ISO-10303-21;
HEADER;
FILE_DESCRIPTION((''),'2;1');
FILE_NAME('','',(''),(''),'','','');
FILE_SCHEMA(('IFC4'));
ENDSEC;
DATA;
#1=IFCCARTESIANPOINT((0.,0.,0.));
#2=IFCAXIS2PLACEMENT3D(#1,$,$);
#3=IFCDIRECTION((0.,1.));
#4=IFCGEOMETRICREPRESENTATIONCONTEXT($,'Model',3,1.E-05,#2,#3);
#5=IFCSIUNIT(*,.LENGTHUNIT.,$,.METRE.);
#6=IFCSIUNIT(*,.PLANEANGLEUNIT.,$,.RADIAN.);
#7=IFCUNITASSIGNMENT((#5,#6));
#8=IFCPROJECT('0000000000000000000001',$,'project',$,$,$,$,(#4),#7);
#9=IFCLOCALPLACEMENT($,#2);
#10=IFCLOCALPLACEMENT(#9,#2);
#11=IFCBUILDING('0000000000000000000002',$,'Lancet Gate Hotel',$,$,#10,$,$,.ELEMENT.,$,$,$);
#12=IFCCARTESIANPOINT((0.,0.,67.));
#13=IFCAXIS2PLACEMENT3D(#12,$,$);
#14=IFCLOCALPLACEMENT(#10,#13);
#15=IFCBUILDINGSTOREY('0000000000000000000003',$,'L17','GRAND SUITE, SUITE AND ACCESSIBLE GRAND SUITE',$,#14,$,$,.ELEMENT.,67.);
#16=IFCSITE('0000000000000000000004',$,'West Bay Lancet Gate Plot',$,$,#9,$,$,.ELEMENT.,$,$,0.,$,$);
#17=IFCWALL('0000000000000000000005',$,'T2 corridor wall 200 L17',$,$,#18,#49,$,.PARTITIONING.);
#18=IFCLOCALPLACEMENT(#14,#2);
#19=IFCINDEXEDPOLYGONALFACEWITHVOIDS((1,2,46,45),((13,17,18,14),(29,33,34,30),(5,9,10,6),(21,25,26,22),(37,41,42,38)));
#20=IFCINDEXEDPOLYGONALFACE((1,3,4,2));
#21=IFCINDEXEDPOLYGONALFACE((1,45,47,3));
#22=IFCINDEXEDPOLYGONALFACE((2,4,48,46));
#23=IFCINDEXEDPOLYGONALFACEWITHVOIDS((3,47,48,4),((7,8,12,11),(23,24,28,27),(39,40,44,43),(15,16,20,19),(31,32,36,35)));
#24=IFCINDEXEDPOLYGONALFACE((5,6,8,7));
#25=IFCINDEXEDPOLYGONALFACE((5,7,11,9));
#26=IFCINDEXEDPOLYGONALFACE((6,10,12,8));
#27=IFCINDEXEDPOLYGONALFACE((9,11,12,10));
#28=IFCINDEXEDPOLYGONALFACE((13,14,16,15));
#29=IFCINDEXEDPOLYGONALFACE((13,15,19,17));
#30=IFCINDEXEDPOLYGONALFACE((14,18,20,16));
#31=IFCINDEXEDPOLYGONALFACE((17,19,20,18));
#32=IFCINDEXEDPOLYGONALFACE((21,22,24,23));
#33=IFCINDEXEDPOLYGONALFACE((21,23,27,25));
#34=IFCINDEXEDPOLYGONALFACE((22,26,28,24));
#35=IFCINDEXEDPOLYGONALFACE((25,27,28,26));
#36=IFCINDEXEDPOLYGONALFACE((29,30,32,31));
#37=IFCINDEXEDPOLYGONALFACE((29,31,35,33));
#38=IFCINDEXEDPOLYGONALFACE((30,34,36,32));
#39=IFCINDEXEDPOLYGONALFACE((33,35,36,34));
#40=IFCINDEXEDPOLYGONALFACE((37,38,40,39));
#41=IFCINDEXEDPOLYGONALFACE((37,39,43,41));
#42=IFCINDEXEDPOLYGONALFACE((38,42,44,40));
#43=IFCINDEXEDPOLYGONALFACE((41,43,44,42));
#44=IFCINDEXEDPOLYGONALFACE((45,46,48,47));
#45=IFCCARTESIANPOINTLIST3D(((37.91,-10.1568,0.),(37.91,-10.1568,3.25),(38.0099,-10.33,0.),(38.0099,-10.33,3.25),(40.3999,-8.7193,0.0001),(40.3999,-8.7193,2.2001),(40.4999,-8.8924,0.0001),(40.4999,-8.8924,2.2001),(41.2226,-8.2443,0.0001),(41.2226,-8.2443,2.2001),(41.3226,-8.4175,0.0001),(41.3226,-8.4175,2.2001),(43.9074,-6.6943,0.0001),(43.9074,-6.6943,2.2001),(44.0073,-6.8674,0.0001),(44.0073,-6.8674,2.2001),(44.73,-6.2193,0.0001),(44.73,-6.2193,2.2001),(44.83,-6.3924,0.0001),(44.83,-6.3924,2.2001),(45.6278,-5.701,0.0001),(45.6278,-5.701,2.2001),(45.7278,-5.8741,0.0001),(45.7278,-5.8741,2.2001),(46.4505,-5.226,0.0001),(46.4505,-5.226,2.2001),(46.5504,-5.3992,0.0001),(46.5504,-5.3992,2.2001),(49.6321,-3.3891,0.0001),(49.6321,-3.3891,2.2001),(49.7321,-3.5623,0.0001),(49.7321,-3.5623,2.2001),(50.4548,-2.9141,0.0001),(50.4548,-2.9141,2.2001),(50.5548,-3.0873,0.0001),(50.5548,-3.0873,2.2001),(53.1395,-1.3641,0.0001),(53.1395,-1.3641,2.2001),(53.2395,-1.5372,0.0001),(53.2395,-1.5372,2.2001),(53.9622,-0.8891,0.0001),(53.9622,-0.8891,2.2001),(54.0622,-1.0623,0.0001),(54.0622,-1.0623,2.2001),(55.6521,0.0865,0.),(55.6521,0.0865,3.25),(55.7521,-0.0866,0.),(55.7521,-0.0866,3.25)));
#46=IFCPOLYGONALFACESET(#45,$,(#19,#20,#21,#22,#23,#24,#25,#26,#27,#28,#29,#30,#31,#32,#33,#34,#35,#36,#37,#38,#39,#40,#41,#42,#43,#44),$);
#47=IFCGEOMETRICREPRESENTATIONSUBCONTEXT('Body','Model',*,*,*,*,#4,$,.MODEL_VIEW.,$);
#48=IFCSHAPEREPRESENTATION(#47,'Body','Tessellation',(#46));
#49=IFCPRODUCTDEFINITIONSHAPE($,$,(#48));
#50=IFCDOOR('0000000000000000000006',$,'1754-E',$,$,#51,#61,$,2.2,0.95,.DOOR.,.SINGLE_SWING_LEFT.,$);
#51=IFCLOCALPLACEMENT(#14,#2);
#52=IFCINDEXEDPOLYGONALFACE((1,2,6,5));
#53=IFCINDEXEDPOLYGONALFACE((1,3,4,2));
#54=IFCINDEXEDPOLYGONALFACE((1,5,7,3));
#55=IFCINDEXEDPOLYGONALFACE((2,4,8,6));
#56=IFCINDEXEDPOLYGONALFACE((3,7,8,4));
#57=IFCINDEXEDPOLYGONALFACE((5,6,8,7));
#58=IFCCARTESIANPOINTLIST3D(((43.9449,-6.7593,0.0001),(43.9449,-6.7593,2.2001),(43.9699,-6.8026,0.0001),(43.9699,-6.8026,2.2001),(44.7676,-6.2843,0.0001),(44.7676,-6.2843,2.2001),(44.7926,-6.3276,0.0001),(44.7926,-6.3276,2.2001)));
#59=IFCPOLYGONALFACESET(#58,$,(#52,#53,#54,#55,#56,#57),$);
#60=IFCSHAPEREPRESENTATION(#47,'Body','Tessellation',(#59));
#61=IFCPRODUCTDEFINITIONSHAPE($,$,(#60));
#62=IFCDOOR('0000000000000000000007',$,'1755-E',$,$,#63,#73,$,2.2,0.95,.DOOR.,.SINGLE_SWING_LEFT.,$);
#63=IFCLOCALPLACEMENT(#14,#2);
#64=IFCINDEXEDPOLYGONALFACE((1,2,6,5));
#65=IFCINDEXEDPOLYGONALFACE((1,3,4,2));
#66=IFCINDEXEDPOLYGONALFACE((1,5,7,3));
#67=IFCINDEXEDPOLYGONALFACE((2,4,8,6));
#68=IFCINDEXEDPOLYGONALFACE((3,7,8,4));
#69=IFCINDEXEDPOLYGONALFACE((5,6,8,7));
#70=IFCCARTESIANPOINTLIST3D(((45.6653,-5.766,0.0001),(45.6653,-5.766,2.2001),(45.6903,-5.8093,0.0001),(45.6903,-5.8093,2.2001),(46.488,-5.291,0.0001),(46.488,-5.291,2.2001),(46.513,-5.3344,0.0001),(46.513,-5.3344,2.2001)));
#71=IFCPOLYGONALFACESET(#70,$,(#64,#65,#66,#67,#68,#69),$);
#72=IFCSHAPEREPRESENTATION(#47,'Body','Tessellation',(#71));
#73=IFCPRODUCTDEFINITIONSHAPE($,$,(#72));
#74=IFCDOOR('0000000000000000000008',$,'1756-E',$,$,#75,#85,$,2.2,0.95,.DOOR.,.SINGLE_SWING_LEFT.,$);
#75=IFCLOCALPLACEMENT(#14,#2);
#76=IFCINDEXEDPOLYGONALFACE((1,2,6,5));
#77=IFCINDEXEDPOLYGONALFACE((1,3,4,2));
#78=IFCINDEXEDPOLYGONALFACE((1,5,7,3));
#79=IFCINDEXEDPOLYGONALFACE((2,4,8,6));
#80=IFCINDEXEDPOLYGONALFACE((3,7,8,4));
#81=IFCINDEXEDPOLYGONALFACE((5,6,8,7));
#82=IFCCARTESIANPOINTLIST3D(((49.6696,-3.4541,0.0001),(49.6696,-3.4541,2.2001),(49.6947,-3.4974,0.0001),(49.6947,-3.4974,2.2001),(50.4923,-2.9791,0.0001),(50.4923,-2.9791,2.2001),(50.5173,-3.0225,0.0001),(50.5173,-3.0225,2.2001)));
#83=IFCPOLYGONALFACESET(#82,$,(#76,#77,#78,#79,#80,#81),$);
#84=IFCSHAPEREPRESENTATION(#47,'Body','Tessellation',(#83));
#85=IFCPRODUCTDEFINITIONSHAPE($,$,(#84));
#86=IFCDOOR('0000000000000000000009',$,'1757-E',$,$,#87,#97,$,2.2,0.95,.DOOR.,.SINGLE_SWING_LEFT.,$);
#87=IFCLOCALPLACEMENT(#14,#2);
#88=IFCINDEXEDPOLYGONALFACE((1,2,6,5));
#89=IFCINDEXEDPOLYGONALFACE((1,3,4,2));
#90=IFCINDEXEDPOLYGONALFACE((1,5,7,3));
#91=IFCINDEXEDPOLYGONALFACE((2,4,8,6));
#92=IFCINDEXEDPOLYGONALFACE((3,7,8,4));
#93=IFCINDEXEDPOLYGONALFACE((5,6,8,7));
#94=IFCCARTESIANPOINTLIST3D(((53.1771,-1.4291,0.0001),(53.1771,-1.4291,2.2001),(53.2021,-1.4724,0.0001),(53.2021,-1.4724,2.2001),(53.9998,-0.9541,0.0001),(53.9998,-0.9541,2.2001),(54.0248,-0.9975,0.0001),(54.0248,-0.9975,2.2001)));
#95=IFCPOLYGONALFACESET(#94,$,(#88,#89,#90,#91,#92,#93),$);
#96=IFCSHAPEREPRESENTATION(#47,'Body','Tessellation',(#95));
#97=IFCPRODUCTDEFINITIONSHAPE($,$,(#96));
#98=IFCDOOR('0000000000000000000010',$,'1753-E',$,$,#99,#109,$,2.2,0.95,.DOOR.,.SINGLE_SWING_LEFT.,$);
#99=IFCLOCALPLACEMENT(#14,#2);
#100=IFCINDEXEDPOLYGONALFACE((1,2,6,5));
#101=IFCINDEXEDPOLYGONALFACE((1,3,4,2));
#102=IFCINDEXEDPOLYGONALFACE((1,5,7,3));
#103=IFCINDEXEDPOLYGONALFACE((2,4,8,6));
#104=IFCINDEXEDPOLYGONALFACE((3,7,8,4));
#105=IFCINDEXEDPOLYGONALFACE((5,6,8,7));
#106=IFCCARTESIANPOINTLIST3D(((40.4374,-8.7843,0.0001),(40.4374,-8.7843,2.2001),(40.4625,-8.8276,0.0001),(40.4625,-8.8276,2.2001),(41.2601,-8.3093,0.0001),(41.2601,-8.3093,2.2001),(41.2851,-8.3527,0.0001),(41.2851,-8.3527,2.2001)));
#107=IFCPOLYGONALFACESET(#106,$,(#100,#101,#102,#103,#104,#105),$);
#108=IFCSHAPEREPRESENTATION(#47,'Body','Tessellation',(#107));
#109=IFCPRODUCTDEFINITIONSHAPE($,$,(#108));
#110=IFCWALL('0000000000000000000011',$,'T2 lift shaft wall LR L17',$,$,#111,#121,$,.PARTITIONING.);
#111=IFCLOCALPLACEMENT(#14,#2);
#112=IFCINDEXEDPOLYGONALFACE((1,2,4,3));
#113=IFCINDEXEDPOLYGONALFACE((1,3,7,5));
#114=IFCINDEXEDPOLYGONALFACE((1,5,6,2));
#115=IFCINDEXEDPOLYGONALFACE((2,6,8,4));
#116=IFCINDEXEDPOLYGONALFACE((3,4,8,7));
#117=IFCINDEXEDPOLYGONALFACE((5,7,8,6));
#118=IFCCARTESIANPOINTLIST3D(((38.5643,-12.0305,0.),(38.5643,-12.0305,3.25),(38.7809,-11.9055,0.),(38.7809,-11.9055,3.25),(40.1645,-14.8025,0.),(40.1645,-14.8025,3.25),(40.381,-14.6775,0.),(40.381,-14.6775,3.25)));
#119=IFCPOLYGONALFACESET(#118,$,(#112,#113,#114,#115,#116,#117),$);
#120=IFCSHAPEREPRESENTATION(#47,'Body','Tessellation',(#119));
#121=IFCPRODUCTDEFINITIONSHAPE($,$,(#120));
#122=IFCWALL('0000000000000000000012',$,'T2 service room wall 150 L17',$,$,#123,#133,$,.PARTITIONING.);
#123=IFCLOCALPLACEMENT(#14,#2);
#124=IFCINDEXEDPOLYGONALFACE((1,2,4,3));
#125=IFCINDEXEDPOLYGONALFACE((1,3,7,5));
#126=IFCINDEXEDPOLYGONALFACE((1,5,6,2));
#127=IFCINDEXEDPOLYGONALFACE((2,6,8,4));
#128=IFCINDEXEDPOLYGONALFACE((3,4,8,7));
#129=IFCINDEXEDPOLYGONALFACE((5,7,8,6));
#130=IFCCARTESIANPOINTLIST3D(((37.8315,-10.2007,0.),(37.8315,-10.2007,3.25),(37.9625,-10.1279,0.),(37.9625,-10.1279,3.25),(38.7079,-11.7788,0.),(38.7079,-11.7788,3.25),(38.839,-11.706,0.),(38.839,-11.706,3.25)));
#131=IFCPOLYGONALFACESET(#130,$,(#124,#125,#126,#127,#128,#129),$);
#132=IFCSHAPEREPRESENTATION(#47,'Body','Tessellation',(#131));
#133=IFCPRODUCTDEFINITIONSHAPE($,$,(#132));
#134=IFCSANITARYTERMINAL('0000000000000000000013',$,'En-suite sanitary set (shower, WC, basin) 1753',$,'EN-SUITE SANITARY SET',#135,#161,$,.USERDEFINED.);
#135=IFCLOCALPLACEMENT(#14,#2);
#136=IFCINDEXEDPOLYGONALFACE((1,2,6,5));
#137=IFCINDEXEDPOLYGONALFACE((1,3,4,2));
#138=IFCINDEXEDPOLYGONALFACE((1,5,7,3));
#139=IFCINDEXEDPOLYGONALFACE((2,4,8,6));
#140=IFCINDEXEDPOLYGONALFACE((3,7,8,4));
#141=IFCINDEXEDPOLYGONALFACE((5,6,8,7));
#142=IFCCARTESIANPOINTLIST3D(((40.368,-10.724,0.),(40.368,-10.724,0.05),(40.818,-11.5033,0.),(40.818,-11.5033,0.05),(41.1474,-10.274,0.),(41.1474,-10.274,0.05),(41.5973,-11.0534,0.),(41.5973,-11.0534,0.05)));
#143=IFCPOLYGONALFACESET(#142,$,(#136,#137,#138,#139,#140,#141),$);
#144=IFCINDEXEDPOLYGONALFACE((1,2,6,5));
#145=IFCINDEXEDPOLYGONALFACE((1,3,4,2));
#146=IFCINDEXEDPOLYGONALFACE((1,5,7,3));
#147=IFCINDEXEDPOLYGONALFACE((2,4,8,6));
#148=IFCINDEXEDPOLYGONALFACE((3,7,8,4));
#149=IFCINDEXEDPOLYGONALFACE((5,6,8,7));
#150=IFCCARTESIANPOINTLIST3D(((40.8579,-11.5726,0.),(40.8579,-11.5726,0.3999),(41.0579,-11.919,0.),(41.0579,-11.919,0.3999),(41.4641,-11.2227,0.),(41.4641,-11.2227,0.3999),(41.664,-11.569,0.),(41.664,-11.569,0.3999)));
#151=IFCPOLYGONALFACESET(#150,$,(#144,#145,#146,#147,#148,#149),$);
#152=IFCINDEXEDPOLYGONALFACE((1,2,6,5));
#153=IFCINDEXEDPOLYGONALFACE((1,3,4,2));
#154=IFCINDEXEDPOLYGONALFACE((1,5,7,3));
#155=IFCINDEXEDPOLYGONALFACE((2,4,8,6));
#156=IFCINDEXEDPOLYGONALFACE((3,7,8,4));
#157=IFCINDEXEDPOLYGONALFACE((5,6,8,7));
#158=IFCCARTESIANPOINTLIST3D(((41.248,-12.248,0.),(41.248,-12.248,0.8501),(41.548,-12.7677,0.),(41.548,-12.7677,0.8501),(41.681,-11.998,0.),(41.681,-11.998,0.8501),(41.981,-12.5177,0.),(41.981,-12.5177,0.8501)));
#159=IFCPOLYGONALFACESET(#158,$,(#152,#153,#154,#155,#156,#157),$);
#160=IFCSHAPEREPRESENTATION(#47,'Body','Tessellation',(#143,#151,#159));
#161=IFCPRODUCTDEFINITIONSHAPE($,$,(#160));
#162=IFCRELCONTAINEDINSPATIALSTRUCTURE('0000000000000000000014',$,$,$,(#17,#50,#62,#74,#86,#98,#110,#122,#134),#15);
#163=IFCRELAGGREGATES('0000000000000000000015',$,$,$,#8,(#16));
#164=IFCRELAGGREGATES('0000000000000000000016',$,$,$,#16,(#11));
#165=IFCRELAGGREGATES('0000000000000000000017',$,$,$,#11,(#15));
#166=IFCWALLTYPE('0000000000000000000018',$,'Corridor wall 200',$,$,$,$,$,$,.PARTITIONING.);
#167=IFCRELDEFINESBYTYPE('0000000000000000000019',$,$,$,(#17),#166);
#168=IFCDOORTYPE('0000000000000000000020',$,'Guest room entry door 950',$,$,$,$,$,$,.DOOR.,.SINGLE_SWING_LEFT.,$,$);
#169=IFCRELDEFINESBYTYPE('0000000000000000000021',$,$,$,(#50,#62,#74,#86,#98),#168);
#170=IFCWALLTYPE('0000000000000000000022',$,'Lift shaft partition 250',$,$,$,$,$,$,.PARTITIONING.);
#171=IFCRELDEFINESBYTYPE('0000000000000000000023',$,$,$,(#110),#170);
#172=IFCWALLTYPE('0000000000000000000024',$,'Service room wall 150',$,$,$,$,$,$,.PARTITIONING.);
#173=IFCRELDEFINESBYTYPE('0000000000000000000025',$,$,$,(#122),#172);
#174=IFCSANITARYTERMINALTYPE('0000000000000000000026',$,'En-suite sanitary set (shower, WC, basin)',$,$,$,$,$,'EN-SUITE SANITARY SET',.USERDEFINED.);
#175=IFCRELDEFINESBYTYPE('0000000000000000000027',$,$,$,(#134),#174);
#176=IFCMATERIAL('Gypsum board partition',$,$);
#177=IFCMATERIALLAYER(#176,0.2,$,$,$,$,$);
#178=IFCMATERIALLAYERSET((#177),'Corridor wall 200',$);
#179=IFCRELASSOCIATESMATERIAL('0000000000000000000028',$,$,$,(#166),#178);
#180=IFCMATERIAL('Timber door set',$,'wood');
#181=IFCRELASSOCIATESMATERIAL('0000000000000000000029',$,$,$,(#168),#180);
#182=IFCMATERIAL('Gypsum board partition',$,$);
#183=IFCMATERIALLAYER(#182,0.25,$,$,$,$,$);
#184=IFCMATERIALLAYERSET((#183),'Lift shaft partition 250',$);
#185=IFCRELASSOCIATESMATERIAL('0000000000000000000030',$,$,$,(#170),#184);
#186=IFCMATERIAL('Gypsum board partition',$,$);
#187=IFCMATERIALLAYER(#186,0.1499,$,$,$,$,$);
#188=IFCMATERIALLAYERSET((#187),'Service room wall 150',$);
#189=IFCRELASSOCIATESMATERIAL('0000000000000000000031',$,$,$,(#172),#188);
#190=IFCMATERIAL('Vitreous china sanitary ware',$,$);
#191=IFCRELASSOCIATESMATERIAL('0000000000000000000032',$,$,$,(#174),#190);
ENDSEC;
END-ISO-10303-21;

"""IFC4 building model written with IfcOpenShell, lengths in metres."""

from ifc_helpers import new_model, si_unit, direction, frame, frame_2d, origin, origin_2d, place, context, subcontext, project, spatial, rectangle, extrude, material, layer, layer_set, type_object, element, fill, save


model = new_model("IFC4")

# Units and contexts
model_context = context("Model", 3, precision=1e-05, world=origin(), true_north=direction((0.0, 1.0)))
body_context = subcontext(model_context, "Body", "Model", "MODEL_VIEW")
ifc_project = project(units=[si_unit("LENGTHUNIT", "METRE"), si_unit("PLANEANGLEUNIT", "RADIAN")], contexts=[model_context])

# Site, building, storey
site_placement = place(None, origin())
site = spatial("IfcSite", under=ifc_project, at=site_placement, Name="West Bay Lancet Gate Plot", CompositionType="ELEMENT", RefElevation=0.0)
building_placement = place(site_placement, origin())
building = spatial("IfcBuilding", under=site, at=building_placement, Name="Lancet Gate Hotel", CompositionType="ELEMENT")
storey_placement = place(building_placement, frame((0.0, 0.0, 67.0)))
storey = spatial("IfcBuildingStorey", under=building, at=storey_placement, Name="L17", Description="GRAND SUITE, SUITE AND ACCESSIBLE GRAND SUITE", CompositionType="ELEMENT", Elevation=67.0)

# Wall, openings, doors
ifc_material_1 = material(Name="Gypsum board partition")
ifc_layer_1 = layer(ifc_material_1, 0.2)
ifc_layer_set_1 = layer_set([ifc_layer_1], Name="Corridor wall 200")
wall_type_1 = type_object("IfcWallType", Name="Corridor wall 200", PredefinedType="PARTITIONING", material=ifc_layer_set_1)
wall_1_placement = place(storey_placement, frame((37.96, -10.2434, 0.0), z_axis=(0.0, 0.0, 1.0), x_axis=(0.866026, 0.499998, 0.0)))
wall_1 = element("IfcWall", 1, at=wall_1_placement, inside=storey, type_object=wall_type_1, Name="T2 corridor wall 200 L17", PredefinedType="PARTITIONING", context=body_context, shape_type="SweptSolid", body=[
    extrude(rectangle(XDim=20.4868, YDim=0.2, at=frame_2d((10.2434, 0.0))), origin(), (0.0, 0.0, 1.0), 3.25),
])
opening_1_placement = place(wall_1_placement, frame((6.925, 0.0, 0.0)))
opening_1 = element("IfcOpeningElement", 2, at=opening_1_placement, cuts=wall_1, PredefinedType="OPENING", context=body_context, shape_type="SweptSolid", body=[
    extrude(rectangle(XDim=0.95, YDim=2.2, at=frame_2d((0.4751, 1.1001))), frame((0.0, 0.1099, 0.0), z_axis=(0.0, -1.0, 0.0), x_axis=(1.0, 0.0, 0.0)), (0.0, 0.0, 1.0), 0.22),
])
opening_2_placement = place(wall_1_placement, frame((8.9116, 0.0, 0.0)))
opening_2 = element("IfcOpeningElement", 3, at=opening_2_placement, cuts=wall_1, PredefinedType="OPENING", context=body_context, shape_type="SweptSolid", body=[
    extrude(rectangle(XDim=0.95, YDim=2.2, at=frame_2d((0.4751, 1.1001))), frame((0.0, 0.1099, 0.0), z_axis=(0.0, -1.0, 0.0), x_axis=(1.0, 0.0, 0.0)), (0.0, 0.0, 1.0), 0.22),
])
opening_3_placement = place(wall_1_placement, frame((13.5354, 0.0, 0.0)))
opening_3 = element("IfcOpeningElement", 4, at=opening_3_placement, cuts=wall_1, PredefinedType="OPENING", context=body_context, shape_type="SweptSolid", body=[
    extrude(rectangle(XDim=0.95, YDim=2.2, at=frame_2d((0.4751, 1.1001))), frame((0.0, 0.1099, 0.0), z_axis=(0.0, -1.0, 0.0), x_axis=(1.0, 0.0, 0.0)), (0.0, 0.0, 1.0), 0.22),
])
opening_4_placement = place(wall_1_placement, frame((17.5854, 0.0, 0.0)))
opening_4 = element("IfcOpeningElement", 5, at=opening_4_placement, cuts=wall_1, PredefinedType="OPENING", context=body_context, shape_type="SweptSolid", body=[
    extrude(rectangle(XDim=0.95, YDim=2.2, at=frame_2d((0.4751, 1.1001))), frame((0.0, 0.1099, 0.0), z_axis=(0.0, -1.0, 0.0), x_axis=(1.0, 0.0, 0.0)), (0.0, 0.0, 1.0), 0.22),
])
opening_5_placement = place(wall_1_placement, frame((2.875, 0.0, 0.0)))
opening_5 = element("IfcOpeningElement", 6, at=opening_5_placement, cuts=wall_1, PredefinedType="OPENING", context=body_context, shape_type="SweptSolid", body=[
    extrude(rectangle(XDim=0.95, YDim=2.2, at=frame_2d((0.4751, 1.1001))), frame((0.0, 0.1099, 0.0), z_axis=(0.0, -1.0, 0.0), x_axis=(1.0, 0.0, 0.0)), (0.0, 0.0, 1.0), 0.22),
])
ifc_material_2 = material(Name="Timber door set", Category="wood")
door_type_1 = type_object("IfcDoorType", Name="Guest room entry door 950", OperationType="SINGLE_SWING_LEFT", PredefinedType="DOOR", material=ifc_material_2)
door_1_placement = place(opening_1_placement, origin())
door_1 = element("IfcDoor", 7, at=door_1_placement, inside=storey, type_object=door_type_1, Name="1754-E", OperationType="SINGLE_SWING_LEFT", OverallHeight=2.2, OverallWidth=0.95, PredefinedType="DOOR", context=body_context, shape_type="SweptSolid", body=[
    extrude(rectangle(XDim=0.95, YDim=2.2, at=frame_2d((0.4751, 1.1001))), frame((0.0, 0.0249, 0.0), z_axis=(0.0, -1.0, 0.0), x_axis=(1.0, 0.0, 0.0)), (0.0, 0.0, 1.0), 0.05),
])
fill(opening_1, door_1)
door_2_placement = place(opening_2_placement, origin())
door_2 = element("IfcDoor", 8, at=door_2_placement, inside=storey, type_object=door_type_1, Name="1755-E", OperationType="SINGLE_SWING_LEFT", OverallHeight=2.2, OverallWidth=0.95, PredefinedType="DOOR", context=body_context, shape_type="SweptSolid", body=[
    extrude(rectangle(XDim=0.95, YDim=2.2, at=frame_2d((0.4751, 1.1001))), frame((0.0, 0.0249, 0.0), z_axis=(0.0, -1.0, 0.0), x_axis=(1.0, 0.0, 0.0)), (0.0, 0.0, 1.0), 0.05),
])
fill(opening_2, door_2)
door_3_placement = place(opening_3_placement, origin())
door_3 = element("IfcDoor", 9, at=door_3_placement, inside=storey, type_object=door_type_1, Name="1756-E", OperationType="SINGLE_SWING_LEFT", OverallHeight=2.2, OverallWidth=0.95, PredefinedType="DOOR", context=body_context, shape_type="SweptSolid", body=[
    extrude(rectangle(XDim=0.95, YDim=2.2, at=frame_2d((0.4751, 1.1001))), frame((0.0, 0.0249, 0.0), z_axis=(0.0, -1.0, 0.0), x_axis=(1.0, 0.0, 0.0)), (0.0, 0.0, 1.0), 0.05),
])
fill(opening_3, door_3)
door_4_placement = place(opening_4_placement, origin())
door_4 = element("IfcDoor", 10, at=door_4_placement, inside=storey, type_object=door_type_1, Name="1757-E", OperationType="SINGLE_SWING_LEFT", OverallHeight=2.2, OverallWidth=0.95, PredefinedType="DOOR", context=body_context, shape_type="SweptSolid", body=[
    extrude(rectangle(XDim=0.95, YDim=2.2, at=frame_2d((0.4751, 1.1001))), frame((0.0, 0.0249, 0.0), z_axis=(0.0, -1.0, 0.0), x_axis=(1.0, 0.0, 0.0)), (0.0, 0.0, 1.0), 0.05),
])
fill(opening_4, door_4)
door_5_placement = place(opening_5_placement, origin())
door_5 = element("IfcDoor", 11, at=door_5_placement, inside=storey, type_object=door_type_1, Name="1753-E", OperationType="SINGLE_SWING_LEFT", OverallHeight=2.2, OverallWidth=0.95, PredefinedType="DOOR", context=body_context, shape_type="SweptSolid", body=[
    extrude(rectangle(XDim=0.95, YDim=2.2, at=frame_2d((0.4751, 1.1001))), frame((0.0, 0.0249, 0.0), z_axis=(0.0, -1.0, 0.0), x_axis=(1.0, 0.0, 0.0)), (0.0, 0.0, 1.0), 0.05),
])
fill(opening_5, door_5)

# Walls
ifc_material_3 = material(Name="Gypsum board partition")
ifc_layer_2 = layer(ifc_material_3, 0.25)
ifc_layer_set_2 = layer_set([ifc_layer_2], Name="Lift shaft partition 250")
wall_type_2 = type_object("IfcWallType", Name="Lift shaft partition 250", PredefinedType="PARTITIONING", material=ifc_layer_set_2)
wall_2_placement = place(storey_placement, frame((38.6726, -11.968, 0.0), z_axis=(0.0, 0.0, 1.0), x_axis=(0.499929, -0.866066, 0.0)))
element("IfcWall", 12, at=wall_2_placement, inside=storey, type_object=wall_type_2, Name="T2 lift shaft wall LR L17", PredefinedType="PARTITIONING", context=body_context, shape_type="SweptSolid", body=[
    extrude(rectangle(XDim=3.2007, YDim=0.25, at=frame_2d((1.6003, 0.0))), origin(), (0.0, 0.0, 1.0), 3.25),
])
ifc_material_4 = material(Name="Gypsum board partition")
ifc_layer_3 = layer(ifc_material_4, 0.1499)
ifc_layer_set_3 = layer_set([ifc_layer_3], Name="Service room wall 150")
wall_type_3 = type_object("IfcWallType", Name="Service room wall 150", PredefinedType="PARTITIONING", material=ifc_layer_set_3)
wall_3_placement = place(storey_placement, frame((38.7734, -11.7424, 0.0), z_axis=(0.0, 0.0, 1.0), x_axis=(-0.485528, 0.874221, 0.0)))
element("IfcWall", 13, at=wall_3_placement, inside=storey, type_object=wall_type_3, Name="T2 service room wall 150 L17", PredefinedType="PARTITIONING", context=body_context, shape_type="SweptSolid", body=[
    extrude(rectangle(XDim=1.8052, YDim=0.1499, at=frame_2d((0.9026, 0.0))), origin(), (0.0, 0.0, 1.0), 3.25),
])

# Sanitary terminal
ifc_material_5 = material(Name="Vitreous china sanitary ware")
sanitary_terminal_type = type_object("IfcSanitaryTerminalType", Name="En-suite sanitary set (shower, WC, basin)", ElementType="EN-SUITE SANITARY SET", PredefinedType="USERDEFINED", material=ifc_material_5)
sanitary_terminal_placement = place(storey_placement, frame((40.9827, -10.8887, 0.0), z_axis=(0.0, 0.0, 1.0), x_axis=(1.0, 0.0, 0.0)))
element("IfcSanitaryTerminal", 14, at=sanitary_terminal_placement, inside=storey, type_object=sanitary_terminal_type, Name="En-suite sanitary set (shower, WC, basin) 1753", ObjectType="EN-SUITE SANITARY SET", PredefinedType="USERDEFINED", context=body_context, shape_type="SweptSolid", body=[
    extrude(rectangle(XDim=0.8999, YDim=0.8999, at=origin_2d()), frame((0.0, 0.0, 0.0), z_axis=(0.0, 0.0, 1.0), x_axis=(-0.5, 0.866025, 0.0)), (0.0, 0.0, 1.0), 0.05),
    extrude(rectangle(XDim=0.3999, YDim=0.7, at=origin_2d()), frame((0.2783, -0.6821, 0.0), z_axis=(0.0, 0.0, 1.0), x_axis=(-0.5, 0.866025, 0.0)), (0.0, 0.0, 1.0), 0.3999),
    extrude(rectangle(XDim=0.6001, YDim=0.5, at=origin_2d()), frame((0.6318, -1.4941, 0.0), z_axis=(0.0, 0.0, 1.0), x_axis=(-0.5, 0.866025, 0.0)), (0.0, 0.0, 1.0), 0.8501),
])

save(model, "model.ifc")
